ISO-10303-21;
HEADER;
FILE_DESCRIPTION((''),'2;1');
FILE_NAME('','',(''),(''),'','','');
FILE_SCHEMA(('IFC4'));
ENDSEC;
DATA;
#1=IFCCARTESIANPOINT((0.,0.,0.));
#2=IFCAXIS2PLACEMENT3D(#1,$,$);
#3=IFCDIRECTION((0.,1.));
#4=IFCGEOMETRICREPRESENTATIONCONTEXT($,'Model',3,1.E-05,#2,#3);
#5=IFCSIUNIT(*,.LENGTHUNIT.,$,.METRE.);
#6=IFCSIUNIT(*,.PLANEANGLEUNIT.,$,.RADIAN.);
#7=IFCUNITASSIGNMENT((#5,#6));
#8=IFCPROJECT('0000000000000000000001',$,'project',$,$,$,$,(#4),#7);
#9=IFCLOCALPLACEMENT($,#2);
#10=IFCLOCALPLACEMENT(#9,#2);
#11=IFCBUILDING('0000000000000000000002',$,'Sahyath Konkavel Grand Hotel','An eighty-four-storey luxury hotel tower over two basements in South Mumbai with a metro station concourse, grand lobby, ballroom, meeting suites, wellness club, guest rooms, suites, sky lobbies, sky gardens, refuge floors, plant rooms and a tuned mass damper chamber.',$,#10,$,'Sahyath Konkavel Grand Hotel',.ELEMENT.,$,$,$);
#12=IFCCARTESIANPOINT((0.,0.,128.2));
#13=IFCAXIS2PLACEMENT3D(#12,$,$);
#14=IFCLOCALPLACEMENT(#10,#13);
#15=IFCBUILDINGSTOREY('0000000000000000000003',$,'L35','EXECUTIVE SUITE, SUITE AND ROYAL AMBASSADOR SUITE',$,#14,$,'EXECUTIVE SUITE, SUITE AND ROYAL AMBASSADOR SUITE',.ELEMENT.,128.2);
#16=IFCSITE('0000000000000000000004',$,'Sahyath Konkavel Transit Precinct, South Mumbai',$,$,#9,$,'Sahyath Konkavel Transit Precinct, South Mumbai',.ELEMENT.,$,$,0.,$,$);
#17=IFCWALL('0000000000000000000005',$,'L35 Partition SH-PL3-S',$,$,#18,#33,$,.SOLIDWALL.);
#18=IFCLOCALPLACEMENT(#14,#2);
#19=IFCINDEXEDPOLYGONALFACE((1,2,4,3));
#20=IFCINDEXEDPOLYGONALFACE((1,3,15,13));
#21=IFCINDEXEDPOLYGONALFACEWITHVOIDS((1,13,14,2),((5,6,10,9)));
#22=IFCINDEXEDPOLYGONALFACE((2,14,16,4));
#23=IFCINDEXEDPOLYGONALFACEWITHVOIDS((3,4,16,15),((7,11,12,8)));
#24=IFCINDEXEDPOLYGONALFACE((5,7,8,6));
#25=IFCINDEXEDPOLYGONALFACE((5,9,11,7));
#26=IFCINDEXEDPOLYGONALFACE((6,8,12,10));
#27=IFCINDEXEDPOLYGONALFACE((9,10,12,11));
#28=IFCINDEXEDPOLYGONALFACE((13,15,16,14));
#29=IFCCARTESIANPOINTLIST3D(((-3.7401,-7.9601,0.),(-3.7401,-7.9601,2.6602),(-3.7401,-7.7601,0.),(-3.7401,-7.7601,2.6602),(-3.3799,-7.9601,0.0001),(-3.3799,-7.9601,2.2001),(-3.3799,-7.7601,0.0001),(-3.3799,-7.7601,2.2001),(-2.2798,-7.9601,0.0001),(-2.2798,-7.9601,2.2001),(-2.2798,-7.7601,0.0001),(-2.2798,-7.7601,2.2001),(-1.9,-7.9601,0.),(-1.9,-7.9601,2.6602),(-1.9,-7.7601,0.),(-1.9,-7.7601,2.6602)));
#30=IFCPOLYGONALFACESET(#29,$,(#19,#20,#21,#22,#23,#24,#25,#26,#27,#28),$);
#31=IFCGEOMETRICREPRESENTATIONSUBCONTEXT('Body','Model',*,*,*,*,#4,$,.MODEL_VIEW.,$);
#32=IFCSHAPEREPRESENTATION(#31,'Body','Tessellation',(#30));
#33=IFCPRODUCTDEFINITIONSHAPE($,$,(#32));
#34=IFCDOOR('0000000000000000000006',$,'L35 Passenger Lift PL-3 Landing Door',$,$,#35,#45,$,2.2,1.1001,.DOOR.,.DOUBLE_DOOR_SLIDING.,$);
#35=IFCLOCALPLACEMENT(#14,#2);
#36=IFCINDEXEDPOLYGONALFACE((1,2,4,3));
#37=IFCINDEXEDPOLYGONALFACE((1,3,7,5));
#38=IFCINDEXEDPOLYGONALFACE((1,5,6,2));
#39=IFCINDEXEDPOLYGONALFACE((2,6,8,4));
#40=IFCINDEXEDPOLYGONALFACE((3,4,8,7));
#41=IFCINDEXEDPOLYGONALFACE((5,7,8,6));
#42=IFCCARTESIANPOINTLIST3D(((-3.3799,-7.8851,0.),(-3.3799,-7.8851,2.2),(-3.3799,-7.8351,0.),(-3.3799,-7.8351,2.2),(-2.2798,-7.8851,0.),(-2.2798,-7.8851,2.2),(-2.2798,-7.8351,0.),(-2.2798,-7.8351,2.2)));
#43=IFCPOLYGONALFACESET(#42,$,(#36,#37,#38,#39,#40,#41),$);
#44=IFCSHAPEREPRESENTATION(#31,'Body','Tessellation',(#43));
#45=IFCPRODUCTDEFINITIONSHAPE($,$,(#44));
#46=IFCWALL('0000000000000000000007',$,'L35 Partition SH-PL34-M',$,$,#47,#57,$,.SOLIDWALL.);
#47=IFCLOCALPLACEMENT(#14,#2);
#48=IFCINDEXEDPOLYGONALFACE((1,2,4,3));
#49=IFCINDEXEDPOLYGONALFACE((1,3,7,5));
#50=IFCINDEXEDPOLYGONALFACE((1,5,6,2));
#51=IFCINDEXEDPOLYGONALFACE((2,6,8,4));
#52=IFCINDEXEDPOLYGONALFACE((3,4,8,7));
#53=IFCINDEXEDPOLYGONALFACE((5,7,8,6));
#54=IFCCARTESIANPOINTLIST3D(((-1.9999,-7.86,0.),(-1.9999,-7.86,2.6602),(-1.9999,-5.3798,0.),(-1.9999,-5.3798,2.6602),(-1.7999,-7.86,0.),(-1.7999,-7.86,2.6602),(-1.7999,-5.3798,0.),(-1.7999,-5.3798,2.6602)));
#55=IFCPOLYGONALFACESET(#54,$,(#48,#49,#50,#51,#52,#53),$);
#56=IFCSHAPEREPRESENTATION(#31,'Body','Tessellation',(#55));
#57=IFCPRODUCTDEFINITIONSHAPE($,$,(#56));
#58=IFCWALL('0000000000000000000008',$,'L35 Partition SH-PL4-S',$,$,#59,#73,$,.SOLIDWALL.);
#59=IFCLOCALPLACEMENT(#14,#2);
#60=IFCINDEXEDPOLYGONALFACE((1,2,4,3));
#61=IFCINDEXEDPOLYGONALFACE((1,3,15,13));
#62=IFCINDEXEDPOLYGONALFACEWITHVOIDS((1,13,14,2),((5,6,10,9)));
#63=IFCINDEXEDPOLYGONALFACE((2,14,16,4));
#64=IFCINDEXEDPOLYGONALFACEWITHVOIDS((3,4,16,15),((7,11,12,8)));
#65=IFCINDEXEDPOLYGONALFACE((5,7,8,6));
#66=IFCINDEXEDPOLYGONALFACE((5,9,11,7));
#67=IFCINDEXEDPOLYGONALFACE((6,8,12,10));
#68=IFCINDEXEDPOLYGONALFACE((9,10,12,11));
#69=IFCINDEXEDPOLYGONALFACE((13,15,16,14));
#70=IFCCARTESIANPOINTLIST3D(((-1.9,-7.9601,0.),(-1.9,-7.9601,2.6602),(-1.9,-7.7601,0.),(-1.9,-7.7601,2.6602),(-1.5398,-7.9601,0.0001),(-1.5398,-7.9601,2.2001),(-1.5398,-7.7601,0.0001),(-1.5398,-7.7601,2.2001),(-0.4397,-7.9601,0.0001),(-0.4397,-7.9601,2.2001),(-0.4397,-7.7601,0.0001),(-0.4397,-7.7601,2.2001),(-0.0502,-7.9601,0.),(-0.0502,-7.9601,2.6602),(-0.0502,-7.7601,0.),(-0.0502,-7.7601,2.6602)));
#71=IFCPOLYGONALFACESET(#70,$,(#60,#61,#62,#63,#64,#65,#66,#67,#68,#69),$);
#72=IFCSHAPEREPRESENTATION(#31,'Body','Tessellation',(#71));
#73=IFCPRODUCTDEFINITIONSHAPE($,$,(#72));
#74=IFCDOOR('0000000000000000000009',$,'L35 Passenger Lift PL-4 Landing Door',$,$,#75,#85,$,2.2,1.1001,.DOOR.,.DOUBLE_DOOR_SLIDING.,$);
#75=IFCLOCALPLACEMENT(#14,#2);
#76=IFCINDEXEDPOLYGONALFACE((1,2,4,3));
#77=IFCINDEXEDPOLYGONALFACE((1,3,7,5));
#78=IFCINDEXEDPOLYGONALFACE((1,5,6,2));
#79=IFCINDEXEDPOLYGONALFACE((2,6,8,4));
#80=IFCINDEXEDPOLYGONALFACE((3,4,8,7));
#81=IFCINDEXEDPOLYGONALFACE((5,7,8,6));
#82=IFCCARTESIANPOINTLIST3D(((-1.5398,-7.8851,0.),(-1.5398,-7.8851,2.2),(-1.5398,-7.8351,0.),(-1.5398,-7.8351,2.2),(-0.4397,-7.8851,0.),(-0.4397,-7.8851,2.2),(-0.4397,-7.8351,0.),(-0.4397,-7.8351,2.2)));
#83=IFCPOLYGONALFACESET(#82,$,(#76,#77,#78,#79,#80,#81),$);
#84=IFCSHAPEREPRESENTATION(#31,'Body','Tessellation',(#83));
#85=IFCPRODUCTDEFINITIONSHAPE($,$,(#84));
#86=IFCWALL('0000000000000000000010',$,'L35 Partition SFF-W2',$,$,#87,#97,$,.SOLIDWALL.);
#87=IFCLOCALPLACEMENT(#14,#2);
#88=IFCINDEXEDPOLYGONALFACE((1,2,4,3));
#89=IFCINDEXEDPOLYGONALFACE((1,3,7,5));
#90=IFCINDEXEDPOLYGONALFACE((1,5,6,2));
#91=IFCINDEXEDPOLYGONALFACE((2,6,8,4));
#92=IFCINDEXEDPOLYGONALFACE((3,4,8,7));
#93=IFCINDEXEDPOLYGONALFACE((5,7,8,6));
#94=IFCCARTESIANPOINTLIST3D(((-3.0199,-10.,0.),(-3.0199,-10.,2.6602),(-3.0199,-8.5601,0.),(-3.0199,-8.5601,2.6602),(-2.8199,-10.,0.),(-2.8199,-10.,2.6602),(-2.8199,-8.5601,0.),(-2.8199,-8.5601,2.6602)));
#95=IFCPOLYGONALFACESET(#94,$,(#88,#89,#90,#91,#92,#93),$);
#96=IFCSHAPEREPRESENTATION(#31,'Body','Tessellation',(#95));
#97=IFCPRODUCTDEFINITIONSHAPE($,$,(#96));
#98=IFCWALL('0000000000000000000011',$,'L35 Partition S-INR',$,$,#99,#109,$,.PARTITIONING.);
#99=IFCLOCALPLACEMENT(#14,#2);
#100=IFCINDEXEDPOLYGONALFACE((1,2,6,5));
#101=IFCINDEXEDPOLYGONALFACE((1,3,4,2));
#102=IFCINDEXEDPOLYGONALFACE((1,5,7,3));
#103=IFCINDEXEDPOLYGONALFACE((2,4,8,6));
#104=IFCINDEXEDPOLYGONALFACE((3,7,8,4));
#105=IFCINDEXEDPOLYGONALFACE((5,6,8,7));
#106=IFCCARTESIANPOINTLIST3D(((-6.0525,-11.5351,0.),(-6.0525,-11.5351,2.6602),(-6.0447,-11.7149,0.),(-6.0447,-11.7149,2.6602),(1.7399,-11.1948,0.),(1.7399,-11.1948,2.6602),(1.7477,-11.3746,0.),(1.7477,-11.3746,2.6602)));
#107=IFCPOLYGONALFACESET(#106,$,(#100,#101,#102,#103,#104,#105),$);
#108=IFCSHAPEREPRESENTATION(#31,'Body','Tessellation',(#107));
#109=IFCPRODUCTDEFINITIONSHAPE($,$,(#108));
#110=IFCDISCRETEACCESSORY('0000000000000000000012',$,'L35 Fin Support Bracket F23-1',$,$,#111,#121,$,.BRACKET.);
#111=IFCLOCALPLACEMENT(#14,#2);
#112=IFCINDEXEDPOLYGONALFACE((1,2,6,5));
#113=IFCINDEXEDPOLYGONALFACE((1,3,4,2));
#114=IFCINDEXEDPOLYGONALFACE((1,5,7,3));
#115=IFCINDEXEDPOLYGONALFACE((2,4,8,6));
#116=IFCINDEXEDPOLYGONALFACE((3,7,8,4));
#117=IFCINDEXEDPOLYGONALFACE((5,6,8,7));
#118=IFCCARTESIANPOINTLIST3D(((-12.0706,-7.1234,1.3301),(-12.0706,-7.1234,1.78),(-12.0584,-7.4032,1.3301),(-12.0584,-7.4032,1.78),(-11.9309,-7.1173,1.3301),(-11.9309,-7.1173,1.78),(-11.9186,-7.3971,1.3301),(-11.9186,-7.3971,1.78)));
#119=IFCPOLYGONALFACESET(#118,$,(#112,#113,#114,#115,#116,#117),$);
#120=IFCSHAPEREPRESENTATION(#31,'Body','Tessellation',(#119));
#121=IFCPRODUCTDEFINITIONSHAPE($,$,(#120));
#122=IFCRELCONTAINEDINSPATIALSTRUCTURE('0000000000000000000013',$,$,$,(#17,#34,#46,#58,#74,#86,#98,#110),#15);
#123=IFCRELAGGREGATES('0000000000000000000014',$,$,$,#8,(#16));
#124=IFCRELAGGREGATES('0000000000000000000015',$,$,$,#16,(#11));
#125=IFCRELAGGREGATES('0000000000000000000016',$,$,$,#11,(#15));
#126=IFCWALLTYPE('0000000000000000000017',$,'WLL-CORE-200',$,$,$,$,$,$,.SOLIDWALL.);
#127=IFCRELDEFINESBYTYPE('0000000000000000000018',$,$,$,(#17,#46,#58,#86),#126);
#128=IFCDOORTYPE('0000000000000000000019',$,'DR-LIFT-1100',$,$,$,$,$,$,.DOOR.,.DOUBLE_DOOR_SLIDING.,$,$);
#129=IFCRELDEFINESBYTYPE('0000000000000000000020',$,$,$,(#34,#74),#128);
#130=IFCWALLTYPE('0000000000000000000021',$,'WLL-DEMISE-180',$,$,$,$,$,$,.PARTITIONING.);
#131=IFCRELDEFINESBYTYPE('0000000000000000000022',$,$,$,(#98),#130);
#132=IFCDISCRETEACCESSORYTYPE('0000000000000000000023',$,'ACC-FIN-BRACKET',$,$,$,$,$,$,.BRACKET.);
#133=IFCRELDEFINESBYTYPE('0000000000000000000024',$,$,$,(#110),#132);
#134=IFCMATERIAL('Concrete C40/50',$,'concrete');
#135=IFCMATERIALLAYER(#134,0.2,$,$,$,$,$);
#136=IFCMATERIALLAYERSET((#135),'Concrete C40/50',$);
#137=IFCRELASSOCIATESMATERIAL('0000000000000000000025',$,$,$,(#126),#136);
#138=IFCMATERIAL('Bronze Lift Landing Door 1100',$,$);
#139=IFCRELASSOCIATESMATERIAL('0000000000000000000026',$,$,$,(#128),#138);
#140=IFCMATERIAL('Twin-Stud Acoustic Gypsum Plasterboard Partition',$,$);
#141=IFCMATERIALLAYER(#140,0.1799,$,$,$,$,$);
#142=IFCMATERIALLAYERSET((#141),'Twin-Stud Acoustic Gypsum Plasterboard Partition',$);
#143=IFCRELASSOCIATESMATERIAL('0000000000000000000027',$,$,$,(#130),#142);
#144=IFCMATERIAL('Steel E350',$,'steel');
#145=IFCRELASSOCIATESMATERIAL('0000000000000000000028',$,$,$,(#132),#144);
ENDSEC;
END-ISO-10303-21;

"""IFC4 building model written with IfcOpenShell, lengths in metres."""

from ifc_helpers import new_model, si_unit, direction, frame, frame_2d, origin, origin_2d, place, context, subcontext, project, spatial, rectangle, extrude, source, transform, mapped, material, layer, layer_set, type_object, element, fill, save


model = new_model("IFC4")

# Units and contexts
model_context = context("Model", 3, precision=1e-05, world=origin(), true_north=direction((0.0, 1.0)))
body_context = subcontext(model_context, "Body", "Model", "MODEL_VIEW")
ifc_project = project(units=[si_unit("LENGTHUNIT", "METRE"), si_unit("PLANEANGLEUNIT", "RADIAN")], contexts=[model_context])

# Site, building, storey
site_placement = place(None, origin())
site = spatial("IfcSite", under=ifc_project, at=site_placement, Name="Sahyath Konkavel Transit Precinct, South Mumbai", LongName="Sahyath Konkavel Transit Precinct, South Mumbai", CompositionType="ELEMENT", RefElevation=0.0)
building_placement = place(site_placement, origin())
building = spatial("IfcBuilding", under=site, at=building_placement, Name="Sahyath Konkavel Grand Hotel", Description="An eighty-four-storey luxury hotel tower over two basements in South Mumbai with a metro station concourse, grand lobby, ballroom, meeting suites, wellness club, guest rooms, suites, sky lobbies, sky gardens, refuge floors, plant rooms and a tuned mass damper chamber.", LongName="Sahyath Konkavel Grand Hotel", CompositionType="ELEMENT")
storey_placement = place(building_placement, frame((0.0, 0.0, 128.2)))
storey = spatial("IfcBuildingStorey", under=building, at=storey_placement, Name="L35", Description="EXECUTIVE SUITE, SUITE AND ROYAL AMBASSADOR SUITE", LongName="EXECUTIVE SUITE, SUITE AND ROYAL AMBASSADOR SUITE", CompositionType="ELEMENT", Elevation=128.2)

# Shared definitions
ifc_material_1 = material(Name="Steel E350", Category="steel")

# Shared definitions
ifc_material_2 = material(Name="Concrete C40/50", Category="concrete")
ifc_layer_1 = layer(ifc_material_2, 0.2)
ifc_layer_set_1 = layer_set([ifc_layer_1], Name="Concrete C40/50")
wall_type_1 = type_object("IfcWallType", Name="WLL-CORE-200", PredefinedType="SOLIDWALL", material=ifc_layer_set_1)

# Wall, opening, door
wall_1_placement = place(storey_placement, frame((-3.74, -7.8601, 0.0), z_axis=(0.0, 0.0, 1.0), x_axis=(1.0, 0.0, 0.0)))
wall_1 = element("IfcWall", 1, at=wall_1_placement, inside=storey, type_object=wall_type_1, Name="L35 Partition SH-PL3-S", PredefinedType="SOLIDWALL", context=body_context, shape_type="SweptSolid", body=[
    extrude(rectangle(XDim=1.8401, YDim=0.2, at=frame_2d((0.9199, 0.0))), origin(), (0.0, 0.0, 1.0), 2.6602),
])
opening_1_placement = place(wall_1_placement, frame((0.3601, 0.0, 0.0)))
opening_1 = element("IfcOpeningElement", 2, at=opening_1_placement, cuts=wall_1, PredefinedType="OPENING", context=body_context, shape_type="SweptSolid", body=[
    extrude(rectangle(XDim=1.1001, YDim=2.2, at=frame_2d((0.55, 1.1001))), frame((0.0, 0.1099, 0.0), z_axis=(0.0, -1.0, 0.0), x_axis=(1.0, 0.0, 0.0)), (0.0, 0.0, 1.0), 0.22),
])
ifc_material_3 = material(Name="Bronze Lift Landing Door 1100")
door_type_1 = type_object("IfcDoorType", Name="DR-LIFT-1100", OperationType="DOUBLE_DOOR_SLIDING", PredefinedType="DOOR", material=ifc_material_3)
shared_shape_1 = source(origin(), body_context, "Body", "SweptSolid", [
    extrude(rectangle(XDim=1.1001, YDim=0.05, at=origin_2d()), origin(), (0.0, 0.0, 1.0), 2.2),
])
door_1_placement = place(opening_1_placement, frame((0.55, 0.0, 0.0)))
door_1 = element("IfcDoor", 3, at=door_1_placement, inside=storey, type_object=door_type_1, Name="L35 Passenger Lift PL-3 Landing Door", OperationType="DOUBLE_DOOR_SLIDING", OverallHeight=2.2, OverallWidth=1.1001, PredefinedType="DOOR", context=body_context, shape_type="MappedRepresentation", body=[
    mapped(shared_shape_1, transform((0.0, 0.0, 0.0), scale=1.0)),
])
fill(opening_1, door_1)

# Wall
wall_2_placement = place(storey_placement, frame((-1.8999, -7.8601, 0.0), z_axis=(0.0, 0.0, 1.0), x_axis=(0.0, 1.0, 0.0)))
element("IfcWall", 4, at=wall_2_placement, inside=storey, type_object=wall_type_1, Name="L35 Partition SH-PL34-M", PredefinedType="SOLIDWALL", context=body_context, shape_type="SweptSolid", body=[
    extrude(rectangle(XDim=2.4802, YDim=0.2, at=frame_2d((1.2402, 0.0))), origin(), (0.0, 0.0, 1.0), 2.6602),
])

# Wall, opening, door
wall_3_placement = place(storey_placement, frame((-1.8999, -7.8601, 0.0), z_axis=(0.0, 0.0, 1.0), x_axis=(1.0, 0.0, 0.0)))
wall_3 = element("IfcWall", 5, at=wall_3_placement, inside=storey, type_object=wall_type_1, Name="L35 Partition SH-PL4-S", PredefinedType="SOLIDWALL", context=body_context, shape_type="SweptSolid", body=[
    extrude(rectangle(XDim=1.8499, YDim=0.2, at=frame_2d((0.9248, 0.0))), origin(), (0.0, 0.0, 1.0), 2.6602),
])
opening_2_placement = place(wall_3_placement, frame((0.3601, 0.0, 0.0)))
opening_2 = element("IfcOpeningElement", 6, at=opening_2_placement, cuts=wall_3, PredefinedType="OPENING", context=body_context, shape_type="SweptSolid", body=[
    extrude(rectangle(XDim=1.1001, YDim=2.2, at=frame_2d((0.55, 1.1001))), frame((0.0, 0.1099, 0.0), z_axis=(0.0, -1.0, 0.0), x_axis=(1.0, 0.0, 0.0)), (0.0, 0.0, 1.0), 0.22),
])
door_2_placement = place(opening_2_placement, frame((0.55, 0.0, 0.0)))
door_2 = element("IfcDoor", 7, at=door_2_placement, inside=storey, type_object=door_type_1, Name="L35 Passenger Lift PL-4 Landing Door", OperationType="DOUBLE_DOOR_SLIDING", OverallHeight=2.2, OverallWidth=1.1001, PredefinedType="DOOR", context=body_context, shape_type="MappedRepresentation", body=[
    mapped(shared_shape_1, transform((0.0, 0.0, 0.0), scale=1.0)),
])
fill(opening_2, door_2)

# Walls
wall_4_placement = place(storey_placement, frame((-2.9199, -10.0, 0.0), z_axis=(0.0, 0.0, 1.0), x_axis=(0.0, 1.0, 0.0)))
element("IfcWall", 8, at=wall_4_placement, inside=storey, type_object=wall_type_1, Name="L35 Partition SFF-W2", PredefinedType="SOLIDWALL", context=body_context, shape_type="SweptSolid", body=[
    extrude(rectangle(XDim=1.4399, YDim=0.2, at=frame_2d((0.72, 0.0))), origin(), (0.0, 0.0, 1.0), 2.6602),
])
ifc_material_4 = material(Name="Twin-Stud Acoustic Gypsum Plasterboard Partition")
ifc_layer_2 = layer(ifc_material_4, 0.1799)
ifc_layer_set_2 = layer_set([ifc_layer_2], Name="Twin-Stud Acoustic Gypsum Plasterboard Partition")
wall_type_2 = type_object("IfcWallType", Name="WLL-DEMISE-180", PredefinedType="PARTITIONING", material=ifc_layer_set_2)
wall_5_placement = place(storey_placement, frame((-6.0486, -11.625, 0.0), z_axis=(0.0, 0.0, 1.0), x_axis=(0.999048, 0.043633, 0.0)))
element("IfcWall", 9, at=wall_5_placement, inside=storey, type_object=wall_type_2, Name="L35 Partition S-INR", PredefinedType="PARTITIONING", context=body_context, shape_type="SweptSolid", body=[
    extrude(rectangle(XDim=7.7998, YDim=0.1799, at=frame_2d((3.8999, 0.0))), origin(), (0.0, 0.0, 1.0), 2.6602),
])

# Discrete accessory
discrete_accessory_type = type_object("IfcDiscreteAccessoryType", Name="ACC-FIN-BRACKET", PredefinedType="BRACKET", material=ifc_material_1)
shared_shape_2 = source(origin(), body_context, "Body", "SweptSolid", [
    extrude(rectangle(XDim=0.28, YDim=0.1399, at=origin_2d()), origin(), (0.0, 0.0, 1.0), 0.45),
])
discrete_accessory_placement = place(storey_placement, frame((-11.9946, -7.2603, 1.3301), z_axis=(0.0, 0.0, 1.0), x_axis=(0.043619, -0.999048, 0.0)))
element("IfcDiscreteAccessory", 10, at=discrete_accessory_placement, inside=storey, type_object=discrete_accessory_type, Name="L35 Fin Support Bracket F23-1", PredefinedType="BRACKET", context=body_context, shape_type="MappedRepresentation", body=[
    mapped(shared_shape_2, transform((0.0, 0.0, 0.0), scale=1.0)),
])

save(model, "model.ifc")
